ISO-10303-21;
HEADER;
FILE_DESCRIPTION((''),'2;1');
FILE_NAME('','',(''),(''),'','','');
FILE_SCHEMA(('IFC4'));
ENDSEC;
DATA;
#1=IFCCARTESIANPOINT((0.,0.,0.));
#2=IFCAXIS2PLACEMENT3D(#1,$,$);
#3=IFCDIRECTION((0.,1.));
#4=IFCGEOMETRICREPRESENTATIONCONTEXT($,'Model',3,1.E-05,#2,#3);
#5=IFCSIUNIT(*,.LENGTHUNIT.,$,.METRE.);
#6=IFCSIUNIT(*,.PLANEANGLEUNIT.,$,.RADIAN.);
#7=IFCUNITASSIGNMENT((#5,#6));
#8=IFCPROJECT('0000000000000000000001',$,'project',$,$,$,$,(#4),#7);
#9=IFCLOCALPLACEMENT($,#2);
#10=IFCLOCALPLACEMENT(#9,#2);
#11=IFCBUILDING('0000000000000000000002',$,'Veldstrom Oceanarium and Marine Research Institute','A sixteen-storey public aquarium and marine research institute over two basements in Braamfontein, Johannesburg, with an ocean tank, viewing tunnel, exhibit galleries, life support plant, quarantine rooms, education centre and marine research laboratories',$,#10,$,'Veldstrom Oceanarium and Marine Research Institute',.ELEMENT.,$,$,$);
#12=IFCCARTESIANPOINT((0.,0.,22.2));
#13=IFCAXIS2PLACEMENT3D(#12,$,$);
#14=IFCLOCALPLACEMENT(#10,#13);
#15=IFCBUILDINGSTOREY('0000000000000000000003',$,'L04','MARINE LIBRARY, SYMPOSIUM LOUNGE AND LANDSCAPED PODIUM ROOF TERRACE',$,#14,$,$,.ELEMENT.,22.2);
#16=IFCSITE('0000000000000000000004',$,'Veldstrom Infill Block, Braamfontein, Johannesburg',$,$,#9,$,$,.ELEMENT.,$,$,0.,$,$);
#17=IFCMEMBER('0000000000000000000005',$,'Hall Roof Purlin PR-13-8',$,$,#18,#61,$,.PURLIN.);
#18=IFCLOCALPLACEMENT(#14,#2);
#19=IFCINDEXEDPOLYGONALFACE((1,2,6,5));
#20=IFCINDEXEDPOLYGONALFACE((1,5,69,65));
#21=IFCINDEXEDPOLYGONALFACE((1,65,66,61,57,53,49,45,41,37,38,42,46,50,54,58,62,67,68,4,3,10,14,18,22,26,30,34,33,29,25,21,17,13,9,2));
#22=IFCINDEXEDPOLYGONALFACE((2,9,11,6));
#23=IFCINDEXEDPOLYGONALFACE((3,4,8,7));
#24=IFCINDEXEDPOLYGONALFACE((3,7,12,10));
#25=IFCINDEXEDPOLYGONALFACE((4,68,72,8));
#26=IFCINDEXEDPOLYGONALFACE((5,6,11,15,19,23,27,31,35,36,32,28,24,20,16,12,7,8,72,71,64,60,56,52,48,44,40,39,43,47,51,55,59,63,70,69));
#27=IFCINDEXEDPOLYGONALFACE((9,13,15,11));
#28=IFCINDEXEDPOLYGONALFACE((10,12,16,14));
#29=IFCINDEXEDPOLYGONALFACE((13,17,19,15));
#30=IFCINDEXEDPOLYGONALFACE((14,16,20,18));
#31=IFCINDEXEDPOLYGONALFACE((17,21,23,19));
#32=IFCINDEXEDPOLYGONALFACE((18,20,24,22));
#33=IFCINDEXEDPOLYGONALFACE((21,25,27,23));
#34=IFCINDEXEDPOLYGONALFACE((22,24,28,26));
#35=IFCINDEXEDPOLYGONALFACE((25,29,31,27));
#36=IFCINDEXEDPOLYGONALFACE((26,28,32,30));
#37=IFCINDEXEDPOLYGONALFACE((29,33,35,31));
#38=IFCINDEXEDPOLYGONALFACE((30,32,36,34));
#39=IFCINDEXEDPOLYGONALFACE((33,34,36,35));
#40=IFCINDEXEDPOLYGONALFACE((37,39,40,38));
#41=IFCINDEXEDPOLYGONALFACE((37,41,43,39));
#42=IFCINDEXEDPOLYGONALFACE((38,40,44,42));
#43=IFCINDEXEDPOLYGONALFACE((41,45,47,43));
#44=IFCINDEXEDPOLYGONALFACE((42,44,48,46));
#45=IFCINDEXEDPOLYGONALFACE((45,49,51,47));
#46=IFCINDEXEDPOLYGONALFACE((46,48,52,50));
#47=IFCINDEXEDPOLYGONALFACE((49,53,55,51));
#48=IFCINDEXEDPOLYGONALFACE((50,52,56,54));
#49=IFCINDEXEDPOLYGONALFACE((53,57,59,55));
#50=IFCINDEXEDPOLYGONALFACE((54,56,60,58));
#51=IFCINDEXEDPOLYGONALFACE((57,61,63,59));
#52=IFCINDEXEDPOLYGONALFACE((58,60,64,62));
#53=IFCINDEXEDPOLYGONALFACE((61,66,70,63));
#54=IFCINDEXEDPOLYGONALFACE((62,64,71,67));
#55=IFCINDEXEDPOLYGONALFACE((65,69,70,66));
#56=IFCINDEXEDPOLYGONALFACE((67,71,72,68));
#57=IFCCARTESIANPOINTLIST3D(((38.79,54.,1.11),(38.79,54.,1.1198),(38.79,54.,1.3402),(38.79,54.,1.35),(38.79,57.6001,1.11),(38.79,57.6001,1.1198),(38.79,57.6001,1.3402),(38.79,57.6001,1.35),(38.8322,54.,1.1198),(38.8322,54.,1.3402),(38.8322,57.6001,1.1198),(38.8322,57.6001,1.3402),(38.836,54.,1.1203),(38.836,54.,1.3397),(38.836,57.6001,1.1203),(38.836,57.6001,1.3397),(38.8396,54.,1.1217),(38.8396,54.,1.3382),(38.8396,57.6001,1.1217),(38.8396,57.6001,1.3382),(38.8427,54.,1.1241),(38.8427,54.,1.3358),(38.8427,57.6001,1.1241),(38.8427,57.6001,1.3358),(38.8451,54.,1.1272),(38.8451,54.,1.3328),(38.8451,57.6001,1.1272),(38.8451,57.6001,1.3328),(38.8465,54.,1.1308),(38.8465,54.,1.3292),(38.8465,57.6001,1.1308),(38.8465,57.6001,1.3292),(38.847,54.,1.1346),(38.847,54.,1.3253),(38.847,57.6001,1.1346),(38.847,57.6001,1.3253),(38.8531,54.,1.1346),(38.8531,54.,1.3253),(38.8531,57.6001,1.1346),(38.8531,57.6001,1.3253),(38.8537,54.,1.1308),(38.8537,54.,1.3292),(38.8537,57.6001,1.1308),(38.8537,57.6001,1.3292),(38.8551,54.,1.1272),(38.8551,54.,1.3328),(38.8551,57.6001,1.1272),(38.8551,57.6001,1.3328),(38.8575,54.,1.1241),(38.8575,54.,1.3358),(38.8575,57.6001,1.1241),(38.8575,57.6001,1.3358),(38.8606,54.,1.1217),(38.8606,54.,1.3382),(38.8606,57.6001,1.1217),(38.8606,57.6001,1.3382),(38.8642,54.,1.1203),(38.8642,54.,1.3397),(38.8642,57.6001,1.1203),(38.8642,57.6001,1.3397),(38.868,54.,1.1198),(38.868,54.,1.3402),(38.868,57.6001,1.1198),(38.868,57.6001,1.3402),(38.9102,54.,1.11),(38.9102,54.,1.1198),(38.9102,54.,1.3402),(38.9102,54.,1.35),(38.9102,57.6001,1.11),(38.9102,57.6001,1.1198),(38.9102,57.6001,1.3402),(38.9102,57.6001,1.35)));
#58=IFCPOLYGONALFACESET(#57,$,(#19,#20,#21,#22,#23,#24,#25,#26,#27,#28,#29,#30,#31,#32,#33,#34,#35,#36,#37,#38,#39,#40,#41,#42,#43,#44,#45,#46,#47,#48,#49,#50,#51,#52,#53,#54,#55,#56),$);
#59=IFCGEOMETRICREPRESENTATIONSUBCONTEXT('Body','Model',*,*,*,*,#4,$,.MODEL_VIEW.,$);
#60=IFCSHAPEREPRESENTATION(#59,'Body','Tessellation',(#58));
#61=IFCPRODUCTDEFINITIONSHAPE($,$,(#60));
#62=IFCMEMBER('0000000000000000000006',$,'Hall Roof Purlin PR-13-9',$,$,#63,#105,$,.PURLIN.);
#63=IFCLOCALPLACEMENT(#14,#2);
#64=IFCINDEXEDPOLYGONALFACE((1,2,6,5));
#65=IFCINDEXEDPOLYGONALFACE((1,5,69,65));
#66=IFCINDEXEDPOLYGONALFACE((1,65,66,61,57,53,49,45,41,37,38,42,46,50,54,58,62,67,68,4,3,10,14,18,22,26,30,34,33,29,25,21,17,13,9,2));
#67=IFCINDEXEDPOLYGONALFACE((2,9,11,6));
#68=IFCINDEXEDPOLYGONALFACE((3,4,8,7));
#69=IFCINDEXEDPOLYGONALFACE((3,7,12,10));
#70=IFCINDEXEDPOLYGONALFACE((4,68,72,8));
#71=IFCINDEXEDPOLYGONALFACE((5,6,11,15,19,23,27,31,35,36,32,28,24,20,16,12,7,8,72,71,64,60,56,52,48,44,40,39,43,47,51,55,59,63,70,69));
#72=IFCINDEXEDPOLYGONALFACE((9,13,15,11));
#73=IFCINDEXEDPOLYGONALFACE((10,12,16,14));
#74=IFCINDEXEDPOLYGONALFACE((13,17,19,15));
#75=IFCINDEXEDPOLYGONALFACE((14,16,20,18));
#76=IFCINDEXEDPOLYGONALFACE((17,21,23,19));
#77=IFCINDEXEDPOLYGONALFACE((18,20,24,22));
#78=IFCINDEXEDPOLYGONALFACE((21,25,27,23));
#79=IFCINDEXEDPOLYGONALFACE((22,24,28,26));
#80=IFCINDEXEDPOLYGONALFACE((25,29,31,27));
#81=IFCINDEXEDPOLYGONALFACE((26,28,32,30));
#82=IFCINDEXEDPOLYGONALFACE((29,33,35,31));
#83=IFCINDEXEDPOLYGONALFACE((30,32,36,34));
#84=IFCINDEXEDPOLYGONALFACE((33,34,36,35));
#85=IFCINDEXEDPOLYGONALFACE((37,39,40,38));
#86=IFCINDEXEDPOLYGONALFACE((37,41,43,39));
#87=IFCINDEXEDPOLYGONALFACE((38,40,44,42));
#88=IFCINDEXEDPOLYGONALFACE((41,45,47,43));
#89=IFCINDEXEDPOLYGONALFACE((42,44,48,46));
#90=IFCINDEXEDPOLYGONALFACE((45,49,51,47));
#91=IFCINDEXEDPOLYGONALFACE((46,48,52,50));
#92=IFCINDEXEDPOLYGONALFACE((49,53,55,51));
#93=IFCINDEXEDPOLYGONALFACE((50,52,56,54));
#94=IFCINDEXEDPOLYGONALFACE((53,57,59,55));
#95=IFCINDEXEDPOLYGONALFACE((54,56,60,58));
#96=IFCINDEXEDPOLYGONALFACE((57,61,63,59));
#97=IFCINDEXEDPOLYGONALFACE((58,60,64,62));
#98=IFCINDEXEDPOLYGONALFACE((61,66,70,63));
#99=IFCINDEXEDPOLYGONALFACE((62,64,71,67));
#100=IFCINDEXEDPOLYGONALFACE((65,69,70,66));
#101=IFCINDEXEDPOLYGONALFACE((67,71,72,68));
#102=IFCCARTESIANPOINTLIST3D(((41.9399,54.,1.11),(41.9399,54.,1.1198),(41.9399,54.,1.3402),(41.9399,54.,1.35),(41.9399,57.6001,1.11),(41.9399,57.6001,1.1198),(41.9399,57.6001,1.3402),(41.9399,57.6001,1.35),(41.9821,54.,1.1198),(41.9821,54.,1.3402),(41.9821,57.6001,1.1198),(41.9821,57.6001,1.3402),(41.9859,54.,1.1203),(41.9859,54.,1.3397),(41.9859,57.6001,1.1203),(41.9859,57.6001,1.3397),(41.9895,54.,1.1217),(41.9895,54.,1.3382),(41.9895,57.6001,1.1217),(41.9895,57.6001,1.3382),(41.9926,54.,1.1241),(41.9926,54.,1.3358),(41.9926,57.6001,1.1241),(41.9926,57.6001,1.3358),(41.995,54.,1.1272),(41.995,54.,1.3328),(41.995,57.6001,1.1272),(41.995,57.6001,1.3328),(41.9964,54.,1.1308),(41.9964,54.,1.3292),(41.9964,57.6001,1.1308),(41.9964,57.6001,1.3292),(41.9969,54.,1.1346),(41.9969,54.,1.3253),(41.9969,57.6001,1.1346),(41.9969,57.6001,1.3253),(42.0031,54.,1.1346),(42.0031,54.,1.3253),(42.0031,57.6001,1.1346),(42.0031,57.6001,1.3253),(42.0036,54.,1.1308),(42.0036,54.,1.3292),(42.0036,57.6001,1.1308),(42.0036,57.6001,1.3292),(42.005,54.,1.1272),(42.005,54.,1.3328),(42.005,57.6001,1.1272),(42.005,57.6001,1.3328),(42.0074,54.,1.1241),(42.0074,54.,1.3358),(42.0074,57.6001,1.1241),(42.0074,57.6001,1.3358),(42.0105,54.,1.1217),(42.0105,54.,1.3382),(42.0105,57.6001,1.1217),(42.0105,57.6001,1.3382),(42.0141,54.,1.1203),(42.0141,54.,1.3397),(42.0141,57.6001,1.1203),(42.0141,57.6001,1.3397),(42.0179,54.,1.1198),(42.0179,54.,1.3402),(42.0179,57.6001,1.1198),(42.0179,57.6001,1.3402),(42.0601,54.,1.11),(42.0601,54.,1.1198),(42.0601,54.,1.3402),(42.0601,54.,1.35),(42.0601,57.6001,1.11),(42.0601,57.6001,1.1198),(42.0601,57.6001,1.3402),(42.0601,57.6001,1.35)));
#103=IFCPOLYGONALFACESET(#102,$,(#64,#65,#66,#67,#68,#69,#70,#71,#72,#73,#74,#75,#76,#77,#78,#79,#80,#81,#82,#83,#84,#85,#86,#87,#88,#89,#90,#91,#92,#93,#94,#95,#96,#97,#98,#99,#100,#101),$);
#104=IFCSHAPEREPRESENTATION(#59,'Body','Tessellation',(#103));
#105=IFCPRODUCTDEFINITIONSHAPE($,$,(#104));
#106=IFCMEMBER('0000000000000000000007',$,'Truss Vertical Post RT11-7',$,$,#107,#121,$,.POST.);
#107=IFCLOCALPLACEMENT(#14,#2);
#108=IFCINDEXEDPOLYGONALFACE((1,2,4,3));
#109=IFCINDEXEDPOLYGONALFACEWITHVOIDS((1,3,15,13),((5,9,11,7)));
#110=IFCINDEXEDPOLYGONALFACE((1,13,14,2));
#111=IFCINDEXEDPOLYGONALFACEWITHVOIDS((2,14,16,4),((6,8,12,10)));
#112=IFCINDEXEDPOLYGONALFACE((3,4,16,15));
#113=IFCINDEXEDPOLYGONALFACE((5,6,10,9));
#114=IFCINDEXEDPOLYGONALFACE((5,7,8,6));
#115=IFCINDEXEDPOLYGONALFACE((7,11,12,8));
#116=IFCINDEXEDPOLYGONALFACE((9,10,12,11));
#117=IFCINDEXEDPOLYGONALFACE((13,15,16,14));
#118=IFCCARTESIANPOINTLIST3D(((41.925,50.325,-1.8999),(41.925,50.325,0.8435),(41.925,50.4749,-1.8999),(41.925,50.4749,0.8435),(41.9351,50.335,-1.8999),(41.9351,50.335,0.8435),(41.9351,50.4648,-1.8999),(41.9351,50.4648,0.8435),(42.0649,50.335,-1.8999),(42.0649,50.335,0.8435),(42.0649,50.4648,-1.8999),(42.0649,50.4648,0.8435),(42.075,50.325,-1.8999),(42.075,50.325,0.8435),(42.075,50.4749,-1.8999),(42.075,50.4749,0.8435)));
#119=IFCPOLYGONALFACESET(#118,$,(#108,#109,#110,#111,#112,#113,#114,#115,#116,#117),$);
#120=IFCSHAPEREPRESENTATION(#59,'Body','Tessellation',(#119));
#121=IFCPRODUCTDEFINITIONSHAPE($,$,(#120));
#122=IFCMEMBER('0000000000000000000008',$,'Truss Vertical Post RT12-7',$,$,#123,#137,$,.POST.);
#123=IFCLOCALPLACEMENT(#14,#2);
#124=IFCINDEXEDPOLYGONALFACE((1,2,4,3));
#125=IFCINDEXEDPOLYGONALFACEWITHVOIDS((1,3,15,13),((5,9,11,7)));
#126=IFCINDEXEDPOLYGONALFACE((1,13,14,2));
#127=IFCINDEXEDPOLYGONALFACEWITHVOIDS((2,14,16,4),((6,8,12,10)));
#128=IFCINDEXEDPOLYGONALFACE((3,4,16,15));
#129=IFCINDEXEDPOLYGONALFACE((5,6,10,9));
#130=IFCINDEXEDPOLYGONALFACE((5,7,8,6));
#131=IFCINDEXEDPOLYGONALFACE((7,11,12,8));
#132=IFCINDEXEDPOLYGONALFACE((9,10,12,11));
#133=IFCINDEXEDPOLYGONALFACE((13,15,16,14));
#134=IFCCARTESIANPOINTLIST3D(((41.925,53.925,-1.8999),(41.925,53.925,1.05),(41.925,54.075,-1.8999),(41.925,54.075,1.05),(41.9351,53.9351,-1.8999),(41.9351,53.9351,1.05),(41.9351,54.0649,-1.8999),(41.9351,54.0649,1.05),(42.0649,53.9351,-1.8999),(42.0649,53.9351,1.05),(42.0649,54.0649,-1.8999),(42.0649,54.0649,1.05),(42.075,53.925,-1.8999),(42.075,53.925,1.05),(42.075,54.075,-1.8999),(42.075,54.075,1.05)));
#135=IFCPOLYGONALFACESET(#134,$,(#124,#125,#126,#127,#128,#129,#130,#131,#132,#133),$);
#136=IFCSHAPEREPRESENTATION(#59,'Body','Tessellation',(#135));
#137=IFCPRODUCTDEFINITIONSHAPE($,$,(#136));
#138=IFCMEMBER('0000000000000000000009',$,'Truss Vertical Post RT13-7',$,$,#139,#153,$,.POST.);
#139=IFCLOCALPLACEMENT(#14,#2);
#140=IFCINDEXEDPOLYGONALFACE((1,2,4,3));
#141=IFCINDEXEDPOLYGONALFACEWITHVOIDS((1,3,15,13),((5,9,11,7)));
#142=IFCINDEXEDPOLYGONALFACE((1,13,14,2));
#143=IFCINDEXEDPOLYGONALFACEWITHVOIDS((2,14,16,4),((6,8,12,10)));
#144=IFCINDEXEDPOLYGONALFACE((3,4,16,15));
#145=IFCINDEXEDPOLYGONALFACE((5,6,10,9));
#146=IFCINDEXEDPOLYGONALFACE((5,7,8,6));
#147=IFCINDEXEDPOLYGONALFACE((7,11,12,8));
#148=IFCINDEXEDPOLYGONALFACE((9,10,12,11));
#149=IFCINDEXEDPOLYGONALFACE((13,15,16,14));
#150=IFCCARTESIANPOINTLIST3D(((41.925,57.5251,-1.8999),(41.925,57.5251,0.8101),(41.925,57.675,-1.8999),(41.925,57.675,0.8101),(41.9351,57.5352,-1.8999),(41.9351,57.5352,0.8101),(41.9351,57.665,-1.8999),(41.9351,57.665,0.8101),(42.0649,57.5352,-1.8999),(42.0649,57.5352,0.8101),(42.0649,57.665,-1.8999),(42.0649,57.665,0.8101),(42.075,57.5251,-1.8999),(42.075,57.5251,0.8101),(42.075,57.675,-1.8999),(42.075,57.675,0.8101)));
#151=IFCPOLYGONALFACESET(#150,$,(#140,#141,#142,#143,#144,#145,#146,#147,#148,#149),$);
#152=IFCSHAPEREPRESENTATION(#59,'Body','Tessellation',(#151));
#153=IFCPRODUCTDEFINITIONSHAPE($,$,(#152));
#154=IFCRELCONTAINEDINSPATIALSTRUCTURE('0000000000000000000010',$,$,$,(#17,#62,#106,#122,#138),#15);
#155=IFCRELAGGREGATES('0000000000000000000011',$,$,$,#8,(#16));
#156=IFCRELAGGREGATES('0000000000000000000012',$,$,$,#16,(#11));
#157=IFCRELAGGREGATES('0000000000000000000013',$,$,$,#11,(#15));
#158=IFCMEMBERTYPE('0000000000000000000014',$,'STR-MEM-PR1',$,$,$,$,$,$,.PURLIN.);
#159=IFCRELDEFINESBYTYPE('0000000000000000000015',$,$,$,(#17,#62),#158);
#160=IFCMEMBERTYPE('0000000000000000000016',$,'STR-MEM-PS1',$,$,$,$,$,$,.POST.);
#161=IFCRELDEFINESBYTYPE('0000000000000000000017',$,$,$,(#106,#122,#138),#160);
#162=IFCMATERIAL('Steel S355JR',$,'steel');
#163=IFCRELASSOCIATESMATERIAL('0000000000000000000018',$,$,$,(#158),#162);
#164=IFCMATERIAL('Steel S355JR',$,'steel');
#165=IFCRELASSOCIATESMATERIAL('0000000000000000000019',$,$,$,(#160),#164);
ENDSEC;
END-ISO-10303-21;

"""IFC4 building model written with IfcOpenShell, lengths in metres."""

from ifc_helpers import new_model, si_unit, direction, frame, origin, origin_2d, place, context, subcontext, project, spatial, hollow_rectangle, i_section, extrude, material, material_profile, profile_set, type_object, element, save


model = new_model("IFC4")

# Units and contexts
model_context = context("Model", 3, precision=1e-05, world=origin(), true_north=direction((0.0, 1.0)))
body_context = subcontext(model_context, "Body", "Model", "MODEL_VIEW")
ifc_project = project(units=[si_unit("LENGTHUNIT", "METRE"), si_unit("PLANEANGLEUNIT", "RADIAN")], contexts=[model_context])

# Site, building, storey
site_placement = place(None, origin())
site = spatial("IfcSite", under=ifc_project, at=site_placement, Name="Veldstrom Infill Block, Braamfontein, Johannesburg", CompositionType="ELEMENT", RefElevation=0.0)
building_placement = place(site_placement, origin())
building = spatial("IfcBuilding", under=site, at=building_placement, Name="Veldstrom Oceanarium and Marine Research Institute", Description="A sixteen-storey public aquarium and marine research institute over two basements in Braamfontein, Johannesburg, with an ocean tank, viewing tunnel, exhibit galleries, life support plant, quarantine rooms, education centre and marine research laboratories", LongName="Veldstrom Oceanarium and Marine Research Institute", CompositionType="ELEMENT")
storey_placement = place(building_placement, frame((0.0, 0.0, 22.2)))
storey = spatial("IfcBuildingStorey", under=building, at=storey_placement, Name="L04", Description="MARINE LIBRARY, SYMPOSIUM LOUNGE AND LANDSCAPED PODIUM ROOF TERRACE", CompositionType="ELEMENT", Elevation=22.2)

# Members
ifc_material_1 = material(Name="Steel S355JR", Category="steel")
ifc_material_profile_1 = material_profile(ifc_material_1, i_section(OverallWidth=0.1201, OverallDepth=0.24, WebThickness=0.0061, FlangeThickness=0.0098, FilletRadius=0.0149, at=origin_2d()), Name="IPE 240")
ifc_profile_set_1 = profile_set([ifc_material_profile_1], Name="Steel S355JR")
member_type_1 = type_object("IfcMemberType", Name="STR-MEM-PR1", PredefinedType="PURLIN", material=ifc_profile_set_1)
for number, where, z_axis, x_axis, name in (
    (1, (38.8501, 54.0, 1.23), (0.0, 1.0, 0.0), (-1.0, 0.0, 0.0), "Hall Roof Purlin PR-13-8"),
    (2, (42.0, 54.0, 1.23), (0.0, 1.0, 0.0), (-1.0, 0.0, 0.0), "Hall Roof Purlin PR-13-9"),
):
    element("IfcMember", number, at=place(storey_placement, frame(where, z_axis=z_axis, x_axis=x_axis)), inside=storey, type_object=member_type_1, Name=name, PredefinedType="PURLIN", context=body_context, shape_type="SweptSolid", body=[
        extrude(i_section(OverallWidth=0.1201, OverallDepth=0.24, WebThickness=0.0061, FlangeThickness=0.0098, FilletRadius=0.0149, at=origin_2d()), origin(), (0.0, 0.0, 1.0), 3.6001),
    ])
ifc_material_2 = material(Name="Steel S355JR", Category="steel")
ifc_material_profile_2 = material_profile(ifc_material_2, hollow_rectangle(XDim=0.1499, YDim=0.1499, WallThickness=0.01, at=origin_2d()), Name="SHS 150x150x10")
ifc_profile_set_2 = profile_set([ifc_material_profile_2], Name="Steel S355JR")
member_type_2 = type_object("IfcMemberType", Name="STR-MEM-PS1", PredefinedType="POST", material=ifc_profile_set_2)
member_1_placement = place(storey_placement, frame((42.0, 50.3999, -1.8999), z_axis=(0.0, 0.0, 1.0), x_axis=(1.0, 0.0, 0.0)))
element("IfcMember", 3, at=member_1_placement, inside=storey, type_object=member_type_2, Name="Truss Vertical Post RT11-7", PredefinedType="POST", context=body_context, shape_type="SweptSolid", body=[
    extrude(hollow_rectangle(XDim=0.1499, YDim=0.1499, WallThickness=0.01, at=origin_2d()), origin(), (0.0, 0.0, 1.0), 2.7434),
])
member_2_placement = place(storey_placement, frame((42.0, 54.0, -1.8999), z_axis=(0.0, 0.0, 1.0), x_axis=(1.0, 0.0, 0.0)))
element("IfcMember", 4, at=member_2_placement, inside=storey, type_object=member_type_2, Name="Truss Vertical Post RT12-7", PredefinedType="POST", context=body_context, shape_type="SweptSolid", body=[
    extrude(hollow_rectangle(XDim=0.1499, YDim=0.1499, WallThickness=0.01, at=origin_2d()), origin(), (0.0, 0.0, 1.0), 2.95),
])
member_3_placement = place(storey_placement, frame((42.0, 57.6001, -1.8999), z_axis=(0.0, 0.0, 1.0), x_axis=(1.0, 0.0, 0.0)))
element("IfcMember", 5, at=member_3_placement, inside=storey, type_object=member_type_2, Name="Truss Vertical Post RT13-7", PredefinedType="POST", context=body_context, shape_type="SweptSolid", body=[
    extrude(hollow_rectangle(XDim=0.1499, YDim=0.1499, WallThickness=0.01, at=origin_2d()), origin(), (0.0, 0.0, 1.0), 2.71),
])

save(model, "model.ifc")
